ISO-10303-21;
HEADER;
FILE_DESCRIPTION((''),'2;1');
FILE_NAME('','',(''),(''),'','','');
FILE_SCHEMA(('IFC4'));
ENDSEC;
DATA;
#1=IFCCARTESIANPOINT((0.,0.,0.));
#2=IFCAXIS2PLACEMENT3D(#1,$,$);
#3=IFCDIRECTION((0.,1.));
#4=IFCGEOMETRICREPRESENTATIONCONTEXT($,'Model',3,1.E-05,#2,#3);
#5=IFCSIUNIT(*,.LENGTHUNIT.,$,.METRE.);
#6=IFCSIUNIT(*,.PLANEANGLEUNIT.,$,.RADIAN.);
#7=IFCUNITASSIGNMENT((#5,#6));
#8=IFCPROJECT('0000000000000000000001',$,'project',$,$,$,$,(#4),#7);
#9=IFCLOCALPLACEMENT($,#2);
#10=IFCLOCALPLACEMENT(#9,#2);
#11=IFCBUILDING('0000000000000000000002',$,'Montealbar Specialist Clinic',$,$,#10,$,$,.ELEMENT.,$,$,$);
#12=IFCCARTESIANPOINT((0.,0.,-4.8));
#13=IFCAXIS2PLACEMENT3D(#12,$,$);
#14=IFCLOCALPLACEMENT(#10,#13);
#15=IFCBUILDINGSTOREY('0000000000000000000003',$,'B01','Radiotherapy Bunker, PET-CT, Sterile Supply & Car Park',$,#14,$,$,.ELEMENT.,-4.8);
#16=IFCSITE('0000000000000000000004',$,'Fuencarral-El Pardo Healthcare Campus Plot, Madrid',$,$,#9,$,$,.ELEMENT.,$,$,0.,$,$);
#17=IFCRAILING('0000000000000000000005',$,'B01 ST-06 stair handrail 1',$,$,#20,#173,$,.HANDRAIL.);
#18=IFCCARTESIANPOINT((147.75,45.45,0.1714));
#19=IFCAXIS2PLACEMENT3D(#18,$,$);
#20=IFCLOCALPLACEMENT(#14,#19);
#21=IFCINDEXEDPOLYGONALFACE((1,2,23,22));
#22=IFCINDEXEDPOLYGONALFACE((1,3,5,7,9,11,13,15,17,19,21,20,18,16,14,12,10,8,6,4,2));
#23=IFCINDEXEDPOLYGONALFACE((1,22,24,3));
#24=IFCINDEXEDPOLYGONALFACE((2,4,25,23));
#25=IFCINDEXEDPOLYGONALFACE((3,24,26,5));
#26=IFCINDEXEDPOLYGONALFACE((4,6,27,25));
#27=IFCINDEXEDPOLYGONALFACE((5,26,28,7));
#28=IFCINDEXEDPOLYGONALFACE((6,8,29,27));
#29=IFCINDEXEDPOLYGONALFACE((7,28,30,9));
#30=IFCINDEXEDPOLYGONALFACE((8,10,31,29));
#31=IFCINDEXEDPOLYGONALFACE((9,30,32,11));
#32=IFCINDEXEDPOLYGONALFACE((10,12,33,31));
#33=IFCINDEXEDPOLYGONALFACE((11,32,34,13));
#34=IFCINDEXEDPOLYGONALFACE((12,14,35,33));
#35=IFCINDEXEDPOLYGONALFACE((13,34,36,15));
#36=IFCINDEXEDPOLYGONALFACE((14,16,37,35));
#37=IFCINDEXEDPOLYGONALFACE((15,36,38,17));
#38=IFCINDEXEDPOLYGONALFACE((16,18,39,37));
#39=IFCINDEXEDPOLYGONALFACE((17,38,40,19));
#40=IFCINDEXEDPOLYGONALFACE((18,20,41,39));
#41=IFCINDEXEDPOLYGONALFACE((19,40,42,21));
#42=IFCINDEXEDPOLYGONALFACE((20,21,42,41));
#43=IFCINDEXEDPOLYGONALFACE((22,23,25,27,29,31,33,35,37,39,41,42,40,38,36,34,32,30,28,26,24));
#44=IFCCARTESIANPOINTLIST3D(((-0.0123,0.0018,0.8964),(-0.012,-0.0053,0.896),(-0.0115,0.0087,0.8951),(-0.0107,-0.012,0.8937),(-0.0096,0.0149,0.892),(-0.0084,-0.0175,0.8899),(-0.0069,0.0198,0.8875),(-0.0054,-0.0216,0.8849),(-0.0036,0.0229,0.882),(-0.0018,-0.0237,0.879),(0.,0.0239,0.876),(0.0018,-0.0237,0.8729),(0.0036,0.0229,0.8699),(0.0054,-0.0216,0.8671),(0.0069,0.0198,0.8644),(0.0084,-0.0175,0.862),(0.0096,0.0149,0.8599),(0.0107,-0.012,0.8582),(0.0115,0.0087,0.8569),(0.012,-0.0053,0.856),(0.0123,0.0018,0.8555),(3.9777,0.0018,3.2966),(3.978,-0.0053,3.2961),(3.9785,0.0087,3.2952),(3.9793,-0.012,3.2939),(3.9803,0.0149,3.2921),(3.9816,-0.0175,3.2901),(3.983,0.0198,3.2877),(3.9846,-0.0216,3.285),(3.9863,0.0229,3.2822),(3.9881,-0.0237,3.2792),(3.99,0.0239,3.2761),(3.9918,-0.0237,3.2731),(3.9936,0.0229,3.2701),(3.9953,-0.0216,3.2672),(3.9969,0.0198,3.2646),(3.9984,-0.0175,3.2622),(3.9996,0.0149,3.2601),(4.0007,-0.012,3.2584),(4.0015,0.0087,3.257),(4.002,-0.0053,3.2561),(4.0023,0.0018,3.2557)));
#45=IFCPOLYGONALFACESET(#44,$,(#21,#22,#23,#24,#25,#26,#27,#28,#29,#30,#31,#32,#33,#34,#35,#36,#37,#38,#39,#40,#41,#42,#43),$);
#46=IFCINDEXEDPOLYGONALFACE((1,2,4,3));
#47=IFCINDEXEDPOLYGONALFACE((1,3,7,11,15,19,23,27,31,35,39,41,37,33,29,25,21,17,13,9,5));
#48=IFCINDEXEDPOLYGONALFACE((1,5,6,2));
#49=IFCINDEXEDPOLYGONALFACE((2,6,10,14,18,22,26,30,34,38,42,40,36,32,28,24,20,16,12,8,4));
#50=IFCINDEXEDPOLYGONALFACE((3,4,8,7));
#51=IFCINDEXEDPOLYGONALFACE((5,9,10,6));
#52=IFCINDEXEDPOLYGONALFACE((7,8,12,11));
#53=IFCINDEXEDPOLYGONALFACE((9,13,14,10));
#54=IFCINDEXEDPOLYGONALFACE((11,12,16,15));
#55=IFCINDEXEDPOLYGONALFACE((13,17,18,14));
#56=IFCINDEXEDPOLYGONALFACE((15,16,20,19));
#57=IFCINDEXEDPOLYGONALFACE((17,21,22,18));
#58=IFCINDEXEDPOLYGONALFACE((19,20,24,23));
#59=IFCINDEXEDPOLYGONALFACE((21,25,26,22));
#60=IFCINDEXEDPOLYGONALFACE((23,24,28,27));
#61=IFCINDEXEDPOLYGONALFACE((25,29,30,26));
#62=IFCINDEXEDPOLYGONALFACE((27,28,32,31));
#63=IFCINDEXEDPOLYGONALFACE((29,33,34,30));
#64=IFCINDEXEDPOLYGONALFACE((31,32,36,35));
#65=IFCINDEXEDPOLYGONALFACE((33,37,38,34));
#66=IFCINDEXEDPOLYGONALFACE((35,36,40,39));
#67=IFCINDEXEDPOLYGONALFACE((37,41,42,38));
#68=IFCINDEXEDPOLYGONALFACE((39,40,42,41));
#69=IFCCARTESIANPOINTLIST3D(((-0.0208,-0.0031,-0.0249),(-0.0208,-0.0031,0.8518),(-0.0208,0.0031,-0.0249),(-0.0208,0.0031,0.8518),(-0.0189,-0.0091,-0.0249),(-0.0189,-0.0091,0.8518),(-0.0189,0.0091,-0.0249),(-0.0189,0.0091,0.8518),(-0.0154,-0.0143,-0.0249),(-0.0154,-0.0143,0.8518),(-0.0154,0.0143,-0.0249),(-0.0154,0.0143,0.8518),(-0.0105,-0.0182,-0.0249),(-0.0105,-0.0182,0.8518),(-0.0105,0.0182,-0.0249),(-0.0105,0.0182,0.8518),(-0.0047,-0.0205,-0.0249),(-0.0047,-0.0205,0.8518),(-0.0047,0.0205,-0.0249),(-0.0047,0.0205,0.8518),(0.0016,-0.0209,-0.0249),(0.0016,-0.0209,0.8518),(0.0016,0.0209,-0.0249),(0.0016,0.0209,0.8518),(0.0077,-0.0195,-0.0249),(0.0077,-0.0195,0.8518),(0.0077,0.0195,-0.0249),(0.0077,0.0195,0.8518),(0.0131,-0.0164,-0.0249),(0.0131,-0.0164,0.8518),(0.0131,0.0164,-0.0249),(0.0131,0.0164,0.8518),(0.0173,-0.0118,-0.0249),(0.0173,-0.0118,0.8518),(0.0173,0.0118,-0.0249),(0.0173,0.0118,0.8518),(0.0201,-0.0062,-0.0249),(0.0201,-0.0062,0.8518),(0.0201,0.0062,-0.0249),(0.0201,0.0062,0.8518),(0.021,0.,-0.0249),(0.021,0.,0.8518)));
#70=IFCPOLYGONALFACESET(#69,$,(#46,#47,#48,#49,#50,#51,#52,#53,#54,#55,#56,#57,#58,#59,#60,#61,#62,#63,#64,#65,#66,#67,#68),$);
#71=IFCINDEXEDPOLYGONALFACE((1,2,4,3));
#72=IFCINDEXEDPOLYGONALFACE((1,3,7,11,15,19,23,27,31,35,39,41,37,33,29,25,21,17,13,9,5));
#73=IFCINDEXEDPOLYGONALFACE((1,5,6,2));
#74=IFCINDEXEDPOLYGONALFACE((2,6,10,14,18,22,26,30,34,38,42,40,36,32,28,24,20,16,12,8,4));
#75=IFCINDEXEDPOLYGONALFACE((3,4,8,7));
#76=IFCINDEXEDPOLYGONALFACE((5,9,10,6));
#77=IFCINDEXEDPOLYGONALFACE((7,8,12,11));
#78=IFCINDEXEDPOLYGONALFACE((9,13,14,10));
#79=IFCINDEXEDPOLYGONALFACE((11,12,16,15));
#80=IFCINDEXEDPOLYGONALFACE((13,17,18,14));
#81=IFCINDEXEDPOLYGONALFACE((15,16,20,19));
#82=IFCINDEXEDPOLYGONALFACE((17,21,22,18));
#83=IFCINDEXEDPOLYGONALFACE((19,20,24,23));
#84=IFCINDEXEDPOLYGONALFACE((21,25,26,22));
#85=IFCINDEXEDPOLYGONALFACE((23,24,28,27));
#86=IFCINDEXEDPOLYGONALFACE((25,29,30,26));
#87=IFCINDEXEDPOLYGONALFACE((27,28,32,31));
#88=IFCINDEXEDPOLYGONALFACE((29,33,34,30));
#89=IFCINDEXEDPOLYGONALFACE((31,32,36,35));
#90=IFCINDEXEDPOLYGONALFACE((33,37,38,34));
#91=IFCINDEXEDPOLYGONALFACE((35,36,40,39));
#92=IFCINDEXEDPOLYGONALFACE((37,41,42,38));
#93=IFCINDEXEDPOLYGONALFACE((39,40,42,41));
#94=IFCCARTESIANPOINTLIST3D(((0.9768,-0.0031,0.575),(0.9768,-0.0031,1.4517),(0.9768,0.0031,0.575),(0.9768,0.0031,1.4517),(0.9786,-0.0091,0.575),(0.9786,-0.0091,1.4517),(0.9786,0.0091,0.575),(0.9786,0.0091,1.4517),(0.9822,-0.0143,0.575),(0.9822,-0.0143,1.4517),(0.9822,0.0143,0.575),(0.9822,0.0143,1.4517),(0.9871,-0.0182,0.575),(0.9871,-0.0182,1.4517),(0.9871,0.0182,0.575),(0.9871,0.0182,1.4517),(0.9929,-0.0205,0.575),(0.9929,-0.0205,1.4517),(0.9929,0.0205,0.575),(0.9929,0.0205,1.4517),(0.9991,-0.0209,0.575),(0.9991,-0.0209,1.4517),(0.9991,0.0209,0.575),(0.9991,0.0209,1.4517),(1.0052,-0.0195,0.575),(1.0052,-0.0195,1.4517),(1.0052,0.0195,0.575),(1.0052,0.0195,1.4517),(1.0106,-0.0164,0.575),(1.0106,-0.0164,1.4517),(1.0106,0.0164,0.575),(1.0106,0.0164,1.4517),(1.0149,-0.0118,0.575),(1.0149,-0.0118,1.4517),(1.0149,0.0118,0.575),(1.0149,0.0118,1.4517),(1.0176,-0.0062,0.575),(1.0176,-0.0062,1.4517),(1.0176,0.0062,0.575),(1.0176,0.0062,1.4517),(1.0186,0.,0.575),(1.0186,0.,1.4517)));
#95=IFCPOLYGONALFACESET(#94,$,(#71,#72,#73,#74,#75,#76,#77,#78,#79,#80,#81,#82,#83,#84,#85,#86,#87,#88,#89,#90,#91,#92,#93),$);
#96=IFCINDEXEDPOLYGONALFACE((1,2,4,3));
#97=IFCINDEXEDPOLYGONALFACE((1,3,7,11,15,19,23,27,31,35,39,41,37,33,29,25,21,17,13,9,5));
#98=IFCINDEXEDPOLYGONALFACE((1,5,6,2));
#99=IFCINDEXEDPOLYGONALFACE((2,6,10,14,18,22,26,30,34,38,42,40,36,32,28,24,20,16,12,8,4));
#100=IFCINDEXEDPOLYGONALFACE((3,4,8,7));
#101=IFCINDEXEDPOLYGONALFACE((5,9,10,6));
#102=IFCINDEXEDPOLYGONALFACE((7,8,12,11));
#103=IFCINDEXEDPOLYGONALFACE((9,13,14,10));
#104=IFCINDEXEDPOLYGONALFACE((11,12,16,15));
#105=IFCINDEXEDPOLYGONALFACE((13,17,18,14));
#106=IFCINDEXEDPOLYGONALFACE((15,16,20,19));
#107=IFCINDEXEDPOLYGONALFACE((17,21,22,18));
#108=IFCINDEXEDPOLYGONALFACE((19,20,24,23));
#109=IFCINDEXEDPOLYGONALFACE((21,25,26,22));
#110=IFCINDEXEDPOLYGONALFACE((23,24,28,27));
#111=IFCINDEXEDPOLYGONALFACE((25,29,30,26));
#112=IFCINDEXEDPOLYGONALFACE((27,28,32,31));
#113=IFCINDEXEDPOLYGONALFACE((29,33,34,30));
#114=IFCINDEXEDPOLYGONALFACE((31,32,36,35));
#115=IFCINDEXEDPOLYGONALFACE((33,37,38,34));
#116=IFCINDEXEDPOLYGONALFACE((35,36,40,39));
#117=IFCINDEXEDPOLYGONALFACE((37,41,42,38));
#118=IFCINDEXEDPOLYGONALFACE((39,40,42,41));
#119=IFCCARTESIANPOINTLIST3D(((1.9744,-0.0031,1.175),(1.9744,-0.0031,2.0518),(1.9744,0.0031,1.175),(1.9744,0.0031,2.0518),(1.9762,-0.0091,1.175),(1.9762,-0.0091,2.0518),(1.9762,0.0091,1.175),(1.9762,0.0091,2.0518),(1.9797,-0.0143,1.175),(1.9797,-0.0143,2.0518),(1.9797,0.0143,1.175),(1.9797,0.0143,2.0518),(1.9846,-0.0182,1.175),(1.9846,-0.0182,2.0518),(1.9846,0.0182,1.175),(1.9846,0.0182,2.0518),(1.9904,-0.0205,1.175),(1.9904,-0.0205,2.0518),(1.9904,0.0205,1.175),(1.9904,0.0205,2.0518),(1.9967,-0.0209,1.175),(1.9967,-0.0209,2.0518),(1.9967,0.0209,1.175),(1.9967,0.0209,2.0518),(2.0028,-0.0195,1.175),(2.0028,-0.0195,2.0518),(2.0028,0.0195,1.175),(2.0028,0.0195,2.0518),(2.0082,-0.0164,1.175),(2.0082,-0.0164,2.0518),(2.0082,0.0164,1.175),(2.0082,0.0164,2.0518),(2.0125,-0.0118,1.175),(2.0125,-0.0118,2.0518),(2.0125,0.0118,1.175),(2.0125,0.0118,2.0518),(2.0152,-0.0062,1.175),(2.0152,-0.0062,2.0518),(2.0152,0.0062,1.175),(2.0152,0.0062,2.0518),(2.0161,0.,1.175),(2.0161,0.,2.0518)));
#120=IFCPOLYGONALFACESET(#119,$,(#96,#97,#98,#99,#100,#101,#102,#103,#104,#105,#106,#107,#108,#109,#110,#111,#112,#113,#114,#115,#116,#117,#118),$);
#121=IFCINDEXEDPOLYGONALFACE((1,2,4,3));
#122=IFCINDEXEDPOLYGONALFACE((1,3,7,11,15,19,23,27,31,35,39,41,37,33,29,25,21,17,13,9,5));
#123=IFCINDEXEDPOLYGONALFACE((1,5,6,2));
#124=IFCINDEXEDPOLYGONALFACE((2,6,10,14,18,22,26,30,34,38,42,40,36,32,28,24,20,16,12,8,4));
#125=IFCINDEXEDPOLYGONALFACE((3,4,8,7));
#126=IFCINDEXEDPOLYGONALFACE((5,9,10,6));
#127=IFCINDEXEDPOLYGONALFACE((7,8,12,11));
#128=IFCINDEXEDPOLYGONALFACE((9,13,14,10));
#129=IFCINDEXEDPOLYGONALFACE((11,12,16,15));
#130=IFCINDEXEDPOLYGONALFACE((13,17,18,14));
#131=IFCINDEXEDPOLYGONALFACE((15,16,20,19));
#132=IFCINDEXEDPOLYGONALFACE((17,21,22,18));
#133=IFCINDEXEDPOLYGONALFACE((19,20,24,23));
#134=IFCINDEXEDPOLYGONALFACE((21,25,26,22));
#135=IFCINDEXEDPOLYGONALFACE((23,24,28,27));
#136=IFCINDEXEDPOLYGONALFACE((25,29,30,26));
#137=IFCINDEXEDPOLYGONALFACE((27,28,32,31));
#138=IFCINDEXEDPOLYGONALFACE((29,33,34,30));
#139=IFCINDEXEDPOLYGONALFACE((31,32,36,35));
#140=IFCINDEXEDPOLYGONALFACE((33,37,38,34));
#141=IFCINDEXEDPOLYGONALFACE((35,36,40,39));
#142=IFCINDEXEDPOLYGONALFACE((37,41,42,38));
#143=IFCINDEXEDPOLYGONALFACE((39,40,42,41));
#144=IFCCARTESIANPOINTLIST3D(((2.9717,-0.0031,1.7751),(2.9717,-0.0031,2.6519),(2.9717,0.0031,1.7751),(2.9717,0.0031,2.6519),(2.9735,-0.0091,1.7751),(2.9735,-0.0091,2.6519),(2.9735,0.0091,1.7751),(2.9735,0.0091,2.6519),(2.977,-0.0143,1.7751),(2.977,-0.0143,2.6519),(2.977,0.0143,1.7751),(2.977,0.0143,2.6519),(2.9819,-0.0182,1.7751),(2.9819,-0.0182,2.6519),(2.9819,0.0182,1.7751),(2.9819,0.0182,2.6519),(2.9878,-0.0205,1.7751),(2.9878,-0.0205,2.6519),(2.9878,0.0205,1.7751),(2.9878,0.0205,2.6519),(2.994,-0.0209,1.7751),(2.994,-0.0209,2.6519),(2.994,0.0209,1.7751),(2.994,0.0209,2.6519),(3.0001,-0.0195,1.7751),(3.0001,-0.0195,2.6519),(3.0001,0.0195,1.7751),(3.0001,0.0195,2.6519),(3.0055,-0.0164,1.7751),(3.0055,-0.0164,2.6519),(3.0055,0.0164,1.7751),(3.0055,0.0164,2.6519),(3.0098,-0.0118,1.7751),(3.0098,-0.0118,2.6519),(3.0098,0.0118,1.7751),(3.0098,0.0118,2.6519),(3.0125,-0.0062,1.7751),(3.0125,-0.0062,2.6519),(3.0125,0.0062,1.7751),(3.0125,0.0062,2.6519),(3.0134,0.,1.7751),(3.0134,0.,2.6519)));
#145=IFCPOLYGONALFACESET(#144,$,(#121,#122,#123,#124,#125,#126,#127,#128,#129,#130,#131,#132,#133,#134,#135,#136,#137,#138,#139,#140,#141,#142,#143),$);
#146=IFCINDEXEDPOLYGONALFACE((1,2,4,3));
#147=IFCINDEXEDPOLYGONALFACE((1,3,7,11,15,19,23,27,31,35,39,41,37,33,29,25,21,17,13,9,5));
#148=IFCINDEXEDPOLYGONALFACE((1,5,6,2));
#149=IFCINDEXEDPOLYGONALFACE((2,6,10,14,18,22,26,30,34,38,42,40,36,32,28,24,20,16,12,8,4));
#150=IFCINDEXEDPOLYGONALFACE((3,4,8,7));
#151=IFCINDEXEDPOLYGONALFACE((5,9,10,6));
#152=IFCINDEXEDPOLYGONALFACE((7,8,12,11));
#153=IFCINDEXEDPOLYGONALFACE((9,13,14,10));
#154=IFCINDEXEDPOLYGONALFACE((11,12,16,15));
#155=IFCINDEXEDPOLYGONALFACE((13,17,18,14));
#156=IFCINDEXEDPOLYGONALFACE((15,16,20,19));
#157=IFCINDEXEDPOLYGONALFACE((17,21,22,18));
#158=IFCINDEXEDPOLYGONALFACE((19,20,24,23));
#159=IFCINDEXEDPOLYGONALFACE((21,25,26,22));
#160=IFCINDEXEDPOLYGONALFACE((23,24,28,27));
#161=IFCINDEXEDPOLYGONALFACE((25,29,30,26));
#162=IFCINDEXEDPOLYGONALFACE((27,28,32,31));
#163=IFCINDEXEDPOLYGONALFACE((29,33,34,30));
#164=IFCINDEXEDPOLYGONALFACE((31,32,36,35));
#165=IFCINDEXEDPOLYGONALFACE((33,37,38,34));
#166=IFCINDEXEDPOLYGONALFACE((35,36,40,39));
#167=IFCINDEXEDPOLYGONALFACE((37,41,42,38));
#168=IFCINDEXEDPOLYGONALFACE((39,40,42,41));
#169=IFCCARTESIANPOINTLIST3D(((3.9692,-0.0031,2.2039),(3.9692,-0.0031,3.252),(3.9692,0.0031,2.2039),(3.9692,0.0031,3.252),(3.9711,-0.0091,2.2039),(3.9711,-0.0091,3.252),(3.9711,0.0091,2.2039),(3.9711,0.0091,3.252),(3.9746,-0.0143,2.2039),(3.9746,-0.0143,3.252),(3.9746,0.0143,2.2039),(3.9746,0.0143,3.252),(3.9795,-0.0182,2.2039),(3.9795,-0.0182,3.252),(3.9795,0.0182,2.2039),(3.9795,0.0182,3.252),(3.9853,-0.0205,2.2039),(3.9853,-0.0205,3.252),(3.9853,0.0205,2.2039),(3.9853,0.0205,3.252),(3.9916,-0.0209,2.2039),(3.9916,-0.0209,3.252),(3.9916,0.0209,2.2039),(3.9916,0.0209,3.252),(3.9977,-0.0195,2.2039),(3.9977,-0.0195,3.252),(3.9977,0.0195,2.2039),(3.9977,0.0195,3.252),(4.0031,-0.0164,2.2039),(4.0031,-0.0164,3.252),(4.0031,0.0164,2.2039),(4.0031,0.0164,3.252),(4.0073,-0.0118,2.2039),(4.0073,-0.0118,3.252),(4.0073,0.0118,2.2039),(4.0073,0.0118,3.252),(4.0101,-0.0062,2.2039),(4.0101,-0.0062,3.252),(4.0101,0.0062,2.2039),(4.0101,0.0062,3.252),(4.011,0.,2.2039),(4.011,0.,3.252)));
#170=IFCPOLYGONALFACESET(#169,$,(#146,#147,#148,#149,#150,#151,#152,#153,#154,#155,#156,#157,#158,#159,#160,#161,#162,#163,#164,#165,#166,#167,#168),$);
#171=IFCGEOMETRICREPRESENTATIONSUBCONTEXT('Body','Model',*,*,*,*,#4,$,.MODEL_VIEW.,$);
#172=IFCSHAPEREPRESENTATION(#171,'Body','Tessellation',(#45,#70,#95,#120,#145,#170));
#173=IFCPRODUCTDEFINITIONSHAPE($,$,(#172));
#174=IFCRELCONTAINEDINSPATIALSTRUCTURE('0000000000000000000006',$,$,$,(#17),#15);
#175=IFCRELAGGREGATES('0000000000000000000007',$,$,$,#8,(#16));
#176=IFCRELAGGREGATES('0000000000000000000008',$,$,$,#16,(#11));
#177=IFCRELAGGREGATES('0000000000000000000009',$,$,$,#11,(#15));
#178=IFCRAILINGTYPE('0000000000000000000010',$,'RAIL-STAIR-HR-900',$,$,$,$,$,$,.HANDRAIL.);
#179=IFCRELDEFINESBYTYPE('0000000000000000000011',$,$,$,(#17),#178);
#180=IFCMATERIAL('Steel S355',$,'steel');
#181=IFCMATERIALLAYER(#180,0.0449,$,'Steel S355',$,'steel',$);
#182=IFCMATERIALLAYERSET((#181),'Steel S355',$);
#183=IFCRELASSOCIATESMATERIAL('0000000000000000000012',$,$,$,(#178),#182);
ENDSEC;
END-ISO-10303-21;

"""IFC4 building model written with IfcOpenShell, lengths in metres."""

from ifc_helpers import new_model, si_unit, direction, frame, origin, origin_2d, place, context, subcontext, project, spatial, circle, extrude, material, layer, layer_set, type_object, element, save


model = new_model("IFC4")

# Units and contexts
model_context = context("Model", 3, precision=1e-05, world=origin(), true_north=direction((0.0, 1.0)))
body_context = subcontext(model_context, "Body", "Model", "MODEL_VIEW")
ifc_project = project(units=[si_unit("LENGTHUNIT", "METRE"), si_unit("PLANEANGLEUNIT", "RADIAN")], contexts=[model_context])

# Site, building, storey
site_placement = place(None, origin())
site = spatial("IfcSite", under=ifc_project, at=site_placement, Name="Fuencarral-El Pardo Healthcare Campus Plot, Madrid", CompositionType="ELEMENT", RefElevation=0.0)
building_placement = place(site_placement, origin())
building = spatial("IfcBuilding", under=site, at=building_placement, Name="Montealbar Specialist Clinic", CompositionType="ELEMENT")
storey_placement = place(building_placement, frame((0.0, 0.0, -4.8)))
storey = spatial("IfcBuildingStorey", under=building, at=storey_placement, Name="B01", Description="Radiotherapy Bunker, PET-CT, Sterile Supply & Car Park", CompositionType="ELEMENT", Elevation=-4.8)

# Shared definitions
ifc_material_1 = material(Name="Steel S355", Category="steel")

# Railing
ifc_layer_1 = layer(ifc_material_1, 0.0449, Name="Steel S355", Category="steel")
ifc_layer_set_1 = layer_set([ifc_layer_1], Name="Steel S355")
railing_type_1 = type_object("IfcRailingType", Name="RAIL-STAIR-HR-900", PredefinedType="HANDRAIL", material=ifc_layer_set_1)
railing_1_placement = place(storey_placement, frame((147.75, 45.45, 0.1714)))
element("IfcRailing", 1, at=railing_1_placement, inside=storey, type_object=railing_type_1, Name="B01 ST-06 stair handrail 1", PredefinedType="HANDRAIL", context=body_context, shape_type="SweptSolid", body=[
    extrude(circle(Radius=0.0239, at=origin_2d()), frame((0.0, 0.0, 0.876), z_axis=(0.856909, 0.0, 0.515467), x_axis=(0.0, 1.0, 0.0)), (0.0, 0.0, 1.0), 4.6562),
    extrude(circle(Radius=0.021, at=origin_2d()), frame((0.0, 0.0, -0.0249)), (0.0, 0.0, 1.0), 0.8767),
    extrude(circle(Radius=0.021, at=origin_2d()), frame((0.9976, 0.0, 0.575)), (0.0, 0.0, 1.0), 0.8767),
    extrude(circle(Radius=0.021, at=origin_2d()), frame((1.9951, 0.0, 1.175)), (0.0, 0.0, 1.0), 0.8767),
    extrude(circle(Radius=0.021, at=origin_2d()), frame((2.9924, 0.0, 1.7751)), (0.0, 0.0, 1.0), 0.8767),
    extrude(circle(Radius=0.021, at=origin_2d()), frame((3.99, 0.0, 2.2039)), (0.0, 0.0, 1.0), 1.0481),
])

save(model, "model.ifc")
